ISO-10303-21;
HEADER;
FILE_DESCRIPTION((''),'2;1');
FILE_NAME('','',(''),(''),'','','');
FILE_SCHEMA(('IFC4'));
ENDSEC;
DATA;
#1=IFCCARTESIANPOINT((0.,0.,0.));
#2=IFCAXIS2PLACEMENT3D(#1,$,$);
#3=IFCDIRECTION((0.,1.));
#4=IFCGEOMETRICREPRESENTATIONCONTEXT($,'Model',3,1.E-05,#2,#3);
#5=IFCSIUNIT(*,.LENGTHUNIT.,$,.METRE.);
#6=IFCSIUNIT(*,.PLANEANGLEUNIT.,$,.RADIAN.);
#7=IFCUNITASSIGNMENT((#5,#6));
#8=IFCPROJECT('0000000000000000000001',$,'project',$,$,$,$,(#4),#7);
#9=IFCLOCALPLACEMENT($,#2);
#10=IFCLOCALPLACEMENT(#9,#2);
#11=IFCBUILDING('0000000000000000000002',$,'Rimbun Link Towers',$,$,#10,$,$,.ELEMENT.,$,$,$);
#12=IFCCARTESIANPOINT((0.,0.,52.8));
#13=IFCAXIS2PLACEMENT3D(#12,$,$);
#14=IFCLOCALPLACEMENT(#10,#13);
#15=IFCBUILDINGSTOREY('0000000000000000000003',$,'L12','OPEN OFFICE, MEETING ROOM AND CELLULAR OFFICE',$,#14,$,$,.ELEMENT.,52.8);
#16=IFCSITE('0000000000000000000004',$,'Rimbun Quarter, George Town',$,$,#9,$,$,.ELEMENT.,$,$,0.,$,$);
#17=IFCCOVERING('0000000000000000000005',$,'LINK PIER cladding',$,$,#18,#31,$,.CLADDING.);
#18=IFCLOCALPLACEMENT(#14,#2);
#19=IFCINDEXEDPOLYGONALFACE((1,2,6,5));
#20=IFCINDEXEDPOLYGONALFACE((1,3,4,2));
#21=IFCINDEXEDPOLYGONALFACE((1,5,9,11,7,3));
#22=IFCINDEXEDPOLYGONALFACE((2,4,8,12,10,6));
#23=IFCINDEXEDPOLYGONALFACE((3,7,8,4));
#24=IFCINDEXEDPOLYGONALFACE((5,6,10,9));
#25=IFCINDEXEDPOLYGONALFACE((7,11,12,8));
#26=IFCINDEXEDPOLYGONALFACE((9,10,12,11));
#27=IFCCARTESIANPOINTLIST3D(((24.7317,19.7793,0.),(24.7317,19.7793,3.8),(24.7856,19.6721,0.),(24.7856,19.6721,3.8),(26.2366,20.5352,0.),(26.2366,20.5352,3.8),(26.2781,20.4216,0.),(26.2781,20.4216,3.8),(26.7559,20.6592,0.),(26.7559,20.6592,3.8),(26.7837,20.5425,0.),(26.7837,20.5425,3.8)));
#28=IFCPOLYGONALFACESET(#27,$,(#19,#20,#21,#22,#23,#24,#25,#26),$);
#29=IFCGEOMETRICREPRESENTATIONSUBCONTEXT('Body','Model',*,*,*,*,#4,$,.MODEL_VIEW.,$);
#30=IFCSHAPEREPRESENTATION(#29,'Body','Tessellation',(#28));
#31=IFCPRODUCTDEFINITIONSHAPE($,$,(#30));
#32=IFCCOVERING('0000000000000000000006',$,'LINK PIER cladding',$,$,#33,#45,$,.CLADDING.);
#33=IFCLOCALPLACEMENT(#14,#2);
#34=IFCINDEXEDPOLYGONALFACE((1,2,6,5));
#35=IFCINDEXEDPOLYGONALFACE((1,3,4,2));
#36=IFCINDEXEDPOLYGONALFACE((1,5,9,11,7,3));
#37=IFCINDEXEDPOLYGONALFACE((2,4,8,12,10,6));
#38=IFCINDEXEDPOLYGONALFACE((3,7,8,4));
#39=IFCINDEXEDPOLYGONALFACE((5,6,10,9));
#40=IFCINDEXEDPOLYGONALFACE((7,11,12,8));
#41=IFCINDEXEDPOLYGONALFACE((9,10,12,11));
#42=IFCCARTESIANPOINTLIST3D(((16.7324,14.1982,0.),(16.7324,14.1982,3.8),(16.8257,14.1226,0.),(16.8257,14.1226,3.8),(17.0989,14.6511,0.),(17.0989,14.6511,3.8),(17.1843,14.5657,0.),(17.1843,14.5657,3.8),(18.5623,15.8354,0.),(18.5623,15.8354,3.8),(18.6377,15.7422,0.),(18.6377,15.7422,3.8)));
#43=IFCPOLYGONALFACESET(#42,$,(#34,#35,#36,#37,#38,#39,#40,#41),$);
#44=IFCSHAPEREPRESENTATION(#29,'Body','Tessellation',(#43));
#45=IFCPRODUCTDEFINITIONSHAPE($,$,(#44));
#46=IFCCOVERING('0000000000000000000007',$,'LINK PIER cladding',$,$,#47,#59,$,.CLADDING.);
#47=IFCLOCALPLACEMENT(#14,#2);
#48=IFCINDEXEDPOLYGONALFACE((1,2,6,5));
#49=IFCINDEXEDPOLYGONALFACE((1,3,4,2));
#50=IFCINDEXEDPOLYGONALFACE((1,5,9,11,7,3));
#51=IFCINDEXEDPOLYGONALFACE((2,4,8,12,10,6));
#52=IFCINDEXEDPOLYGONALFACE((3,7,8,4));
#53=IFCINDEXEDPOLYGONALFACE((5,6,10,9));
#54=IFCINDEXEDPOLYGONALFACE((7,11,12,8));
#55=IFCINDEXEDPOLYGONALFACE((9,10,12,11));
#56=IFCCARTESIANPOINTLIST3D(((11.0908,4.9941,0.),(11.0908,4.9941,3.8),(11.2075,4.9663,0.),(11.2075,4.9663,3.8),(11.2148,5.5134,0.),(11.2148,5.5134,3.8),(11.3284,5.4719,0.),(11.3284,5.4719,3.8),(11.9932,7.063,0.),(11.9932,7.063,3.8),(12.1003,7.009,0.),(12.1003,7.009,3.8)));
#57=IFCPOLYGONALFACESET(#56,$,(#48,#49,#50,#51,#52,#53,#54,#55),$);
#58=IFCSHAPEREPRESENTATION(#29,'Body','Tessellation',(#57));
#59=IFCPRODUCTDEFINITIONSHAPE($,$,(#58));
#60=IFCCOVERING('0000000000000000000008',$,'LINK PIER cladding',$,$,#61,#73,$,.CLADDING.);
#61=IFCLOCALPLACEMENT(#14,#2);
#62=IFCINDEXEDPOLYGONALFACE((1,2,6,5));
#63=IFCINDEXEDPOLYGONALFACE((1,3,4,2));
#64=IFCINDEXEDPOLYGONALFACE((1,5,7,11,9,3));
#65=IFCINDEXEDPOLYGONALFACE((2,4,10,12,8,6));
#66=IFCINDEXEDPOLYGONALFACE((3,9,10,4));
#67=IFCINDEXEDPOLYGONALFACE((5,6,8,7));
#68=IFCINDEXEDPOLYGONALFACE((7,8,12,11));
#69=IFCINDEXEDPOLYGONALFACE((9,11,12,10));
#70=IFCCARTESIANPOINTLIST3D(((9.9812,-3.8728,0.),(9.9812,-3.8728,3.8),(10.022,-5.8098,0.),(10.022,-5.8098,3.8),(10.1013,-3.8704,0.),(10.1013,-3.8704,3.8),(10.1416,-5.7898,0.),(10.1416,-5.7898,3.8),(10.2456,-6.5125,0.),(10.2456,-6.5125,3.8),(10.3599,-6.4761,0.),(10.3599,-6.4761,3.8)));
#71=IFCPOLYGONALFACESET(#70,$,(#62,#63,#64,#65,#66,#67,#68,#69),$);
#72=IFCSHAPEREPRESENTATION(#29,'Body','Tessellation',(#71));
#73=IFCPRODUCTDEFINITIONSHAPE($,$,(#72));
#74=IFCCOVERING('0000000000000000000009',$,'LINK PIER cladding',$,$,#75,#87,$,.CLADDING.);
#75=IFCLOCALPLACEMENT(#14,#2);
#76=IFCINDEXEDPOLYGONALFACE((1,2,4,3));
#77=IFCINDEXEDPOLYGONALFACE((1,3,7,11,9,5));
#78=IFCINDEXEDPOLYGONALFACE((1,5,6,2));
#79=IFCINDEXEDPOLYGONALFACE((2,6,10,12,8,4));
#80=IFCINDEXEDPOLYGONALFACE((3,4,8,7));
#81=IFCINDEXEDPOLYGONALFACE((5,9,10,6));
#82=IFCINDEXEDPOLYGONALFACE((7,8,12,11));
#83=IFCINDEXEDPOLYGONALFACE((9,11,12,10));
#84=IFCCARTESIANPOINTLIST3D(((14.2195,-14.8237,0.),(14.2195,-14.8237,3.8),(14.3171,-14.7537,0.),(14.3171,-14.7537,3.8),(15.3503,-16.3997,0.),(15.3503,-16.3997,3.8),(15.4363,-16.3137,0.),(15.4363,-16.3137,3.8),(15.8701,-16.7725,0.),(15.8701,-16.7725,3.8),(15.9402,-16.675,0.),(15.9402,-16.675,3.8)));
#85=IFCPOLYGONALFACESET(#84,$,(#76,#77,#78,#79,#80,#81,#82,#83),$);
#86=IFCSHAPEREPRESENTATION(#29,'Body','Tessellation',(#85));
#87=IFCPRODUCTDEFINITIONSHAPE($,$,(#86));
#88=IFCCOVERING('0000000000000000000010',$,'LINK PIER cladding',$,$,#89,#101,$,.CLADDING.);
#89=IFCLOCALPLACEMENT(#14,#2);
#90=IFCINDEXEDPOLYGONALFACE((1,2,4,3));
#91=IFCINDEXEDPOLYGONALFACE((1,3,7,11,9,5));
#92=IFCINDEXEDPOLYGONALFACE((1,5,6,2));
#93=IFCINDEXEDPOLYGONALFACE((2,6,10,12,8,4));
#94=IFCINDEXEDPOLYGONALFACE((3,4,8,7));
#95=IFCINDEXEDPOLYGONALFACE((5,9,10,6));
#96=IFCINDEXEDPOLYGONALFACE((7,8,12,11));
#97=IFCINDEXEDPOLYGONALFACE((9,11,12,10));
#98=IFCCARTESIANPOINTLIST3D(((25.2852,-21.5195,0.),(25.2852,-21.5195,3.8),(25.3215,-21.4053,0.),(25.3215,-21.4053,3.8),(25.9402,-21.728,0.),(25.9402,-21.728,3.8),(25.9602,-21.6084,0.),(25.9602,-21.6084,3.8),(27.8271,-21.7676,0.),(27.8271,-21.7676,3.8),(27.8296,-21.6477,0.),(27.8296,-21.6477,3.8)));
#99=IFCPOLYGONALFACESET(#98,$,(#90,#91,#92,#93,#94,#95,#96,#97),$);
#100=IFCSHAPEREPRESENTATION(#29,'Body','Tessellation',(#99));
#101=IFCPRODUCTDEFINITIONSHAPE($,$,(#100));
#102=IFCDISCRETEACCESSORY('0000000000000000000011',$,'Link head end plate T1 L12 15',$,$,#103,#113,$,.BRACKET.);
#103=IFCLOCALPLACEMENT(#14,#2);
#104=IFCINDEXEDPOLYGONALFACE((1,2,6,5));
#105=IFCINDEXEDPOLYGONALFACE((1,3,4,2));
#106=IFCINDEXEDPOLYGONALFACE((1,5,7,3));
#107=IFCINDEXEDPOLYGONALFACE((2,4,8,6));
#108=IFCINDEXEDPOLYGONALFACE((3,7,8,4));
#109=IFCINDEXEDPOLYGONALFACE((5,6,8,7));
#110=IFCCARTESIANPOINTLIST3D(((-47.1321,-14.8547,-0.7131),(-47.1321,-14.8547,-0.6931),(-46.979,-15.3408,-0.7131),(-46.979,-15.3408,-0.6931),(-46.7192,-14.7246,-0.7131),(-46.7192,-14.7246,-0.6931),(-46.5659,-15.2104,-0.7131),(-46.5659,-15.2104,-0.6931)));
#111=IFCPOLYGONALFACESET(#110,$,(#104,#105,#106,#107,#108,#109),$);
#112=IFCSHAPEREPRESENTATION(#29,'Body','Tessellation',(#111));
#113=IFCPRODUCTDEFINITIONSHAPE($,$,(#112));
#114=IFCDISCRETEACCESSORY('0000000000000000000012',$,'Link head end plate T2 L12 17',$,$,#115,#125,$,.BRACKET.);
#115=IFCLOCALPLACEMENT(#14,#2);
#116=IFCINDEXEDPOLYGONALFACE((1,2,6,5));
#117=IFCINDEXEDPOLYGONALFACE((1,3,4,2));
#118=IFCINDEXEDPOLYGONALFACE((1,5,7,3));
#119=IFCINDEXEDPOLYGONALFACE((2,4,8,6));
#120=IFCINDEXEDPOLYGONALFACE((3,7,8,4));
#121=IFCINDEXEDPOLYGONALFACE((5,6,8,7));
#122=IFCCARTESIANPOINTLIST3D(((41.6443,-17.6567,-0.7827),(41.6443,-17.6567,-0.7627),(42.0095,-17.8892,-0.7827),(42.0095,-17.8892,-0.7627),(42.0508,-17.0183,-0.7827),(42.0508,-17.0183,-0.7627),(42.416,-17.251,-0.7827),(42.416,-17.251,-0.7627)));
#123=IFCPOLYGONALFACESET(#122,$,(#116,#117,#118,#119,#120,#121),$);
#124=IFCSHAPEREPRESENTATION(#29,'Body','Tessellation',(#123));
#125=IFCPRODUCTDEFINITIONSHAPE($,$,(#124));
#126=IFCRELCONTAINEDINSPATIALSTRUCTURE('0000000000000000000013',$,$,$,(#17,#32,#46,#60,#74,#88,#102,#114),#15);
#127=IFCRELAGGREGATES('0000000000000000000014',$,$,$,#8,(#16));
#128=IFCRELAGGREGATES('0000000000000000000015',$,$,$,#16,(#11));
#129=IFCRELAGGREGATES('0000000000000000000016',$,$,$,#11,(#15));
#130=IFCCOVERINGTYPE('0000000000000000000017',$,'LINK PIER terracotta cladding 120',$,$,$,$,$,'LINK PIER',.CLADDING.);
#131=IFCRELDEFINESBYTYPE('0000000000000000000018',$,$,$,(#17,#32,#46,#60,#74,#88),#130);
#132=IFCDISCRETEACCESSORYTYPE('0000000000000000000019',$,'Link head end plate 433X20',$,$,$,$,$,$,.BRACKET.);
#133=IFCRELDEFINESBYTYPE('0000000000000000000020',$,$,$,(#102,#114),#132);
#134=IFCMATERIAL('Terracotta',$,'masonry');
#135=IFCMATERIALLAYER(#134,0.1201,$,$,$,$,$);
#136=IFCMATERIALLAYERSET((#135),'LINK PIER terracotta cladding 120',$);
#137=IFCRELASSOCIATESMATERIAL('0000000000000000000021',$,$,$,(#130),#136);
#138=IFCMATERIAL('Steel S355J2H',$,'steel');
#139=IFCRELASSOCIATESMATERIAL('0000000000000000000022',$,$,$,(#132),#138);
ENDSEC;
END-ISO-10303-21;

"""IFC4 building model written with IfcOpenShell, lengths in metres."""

from ifc_helpers import new_model, si_unit, direction, frame, origin, origin_2d, place, context, subcontext, project, spatial, polyline, rectangle, outline, extrude, material, layer, layer_set, material_profile, profile_set, type_object, element, save


model = new_model("IFC4")

# Units and contexts
model_context = context("Model", 3, precision=1e-05, world=origin(), true_north=direction((0.0, 1.0)))
body_context = subcontext(model_context, "Body", "Model", "MODEL_VIEW")
ifc_project = project(units=[si_unit("LENGTHUNIT", "METRE"), si_unit("PLANEANGLEUNIT", "RADIAN")], contexts=[model_context])

# Site, building, storey
site_placement = place(None, origin())
site = spatial("IfcSite", under=ifc_project, at=site_placement, Name="Rimbun Quarter, George Town", CompositionType="ELEMENT", RefElevation=0.0)
building_placement = place(site_placement, origin())
building = spatial("IfcBuilding", under=site, at=building_placement, Name="Rimbun Link Towers", CompositionType="ELEMENT")
storey_placement = place(building_placement, frame((0.0, 0.0, 52.8)))
storey = spatial("IfcBuildingStorey", under=building, at=storey_placement, Name="L12", Description="OPEN OFFICE, MEETING ROOM AND CELLULAR OFFICE", CompositionType="ELEMENT", Elevation=52.8)

# Coverings
ifc_material_1 = material(Name="Terracotta", Category="masonry")
ifc_layer_1 = layer(ifc_material_1, 0.1201)
ifc_layer_set_1 = layer_set([ifc_layer_1], Name="LINK PIER terracotta cladding 120")
covering_type_1 = type_object("IfcCoveringType", Name="LINK PIER terracotta cladding 120", ElementType="LINK PIER", PredefinedType="CLADDING", material=ifc_layer_set_1)
covering_1_placement = place(storey_placement, origin())
element("IfcCovering", 1, at=covering_1_placement, inside=storey, type_object=covering_type_1, Name="LINK PIER cladding", PredefinedType="CLADDING", context=body_context, shape_type="SweptSolid", body=[
    extrude(outline(polyline([(24.7856, 19.6721), (26.2781, 20.4216), (26.7837, 20.5425), (26.7559, 20.6592), (26.2366, 20.5352), (24.7317, 19.7793), (24.7856, 19.6721)])), origin(), (0.0, 0.0, 1.0), 3.8),
])
covering_2_placement = place(storey_placement, origin())
element("IfcCovering", 2, at=covering_2_placement, inside=storey, type_object=covering_type_1, Name="LINK PIER cladding", PredefinedType="CLADDING", context=body_context, shape_type="SweptSolid", body=[
    extrude(outline(polyline([(16.8257, 14.1226), (17.1843, 14.5657), (18.6377, 15.7422), (18.5623, 15.8354), (17.0989, 14.6511), (16.7324, 14.1982), (16.8257, 14.1226)])), origin(), (0.0, 0.0, 1.0), 3.8),
])
covering_3_placement = place(storey_placement, origin())
element("IfcCovering", 3, at=covering_3_placement, inside=storey, type_object=covering_type_1, Name="LINK PIER cladding", PredefinedType="CLADDING", context=body_context, shape_type="SweptSolid", body=[
    extrude(outline(polyline([(11.2075, 4.9663), (11.3284, 5.4719), (12.1003, 7.009), (11.9932, 7.063), (11.2148, 5.5134), (11.0908, 4.9941), (11.2075, 4.9663)])), origin(), (0.0, 0.0, 1.0), 3.8),
])
covering_4_placement = place(storey_placement, origin())
element("IfcCovering", 4, at=covering_4_placement, inside=storey, type_object=covering_type_1, Name="LINK PIER cladding", PredefinedType="CLADDING", context=body_context, shape_type="SweptSolid", body=[
    extrude(outline(polyline([(10.3599, -6.4761), (10.1416, -5.7898), (10.1013, -3.8704), (9.9812, -3.8728), (10.022, -5.8098), (10.2456, -6.5125), (10.3599, -6.4761)])), origin(), (0.0, 0.0, 1.0), 3.8),
])
covering_5_placement = place(storey_placement, origin())
element("IfcCovering", 5, at=covering_5_placement, inside=storey, type_object=covering_type_1, Name="LINK PIER cladding", PredefinedType="CLADDING", context=body_context, shape_type="SweptSolid", body=[
    extrude(outline(polyline([(15.9402, -16.675), (15.4363, -16.3137), (14.3171, -14.7537), (14.2195, -14.8237), (15.3503, -16.3997), (15.8701, -16.7725), (15.9402, -16.675)])), origin(), (0.0, 0.0, 1.0), 3.8),
])
covering_6_placement = place(storey_placement, origin())
element("IfcCovering", 6, at=covering_6_placement, inside=storey, type_object=covering_type_1, Name="LINK PIER cladding", PredefinedType="CLADDING", context=body_context, shape_type="SweptSolid", body=[
    extrude(outline(polyline([(27.8296, -21.6477), (25.9602, -21.6084), (25.3215, -21.4053), (25.2852, -21.5195), (25.9402, -21.728), (27.8271, -21.7676), (27.8296, -21.6477)])), origin(), (0.0, 0.0, 1.0), 3.8),
])

# Discrete accessories
ifc_material_2 = material(Name="Steel S355J2H", Category="steel")
ifc_material_profile_1 = material_profile(ifc_material_2, rectangle(XDim=0.4331, YDim=0.4331, at=origin_2d()), Name="PL 433x433")
ifc_profile_set_1 = profile_set([ifc_material_profile_1], Name="Steel S355J2H")
discrete_accessory_type = type_object("IfcDiscreteAccessoryType", Name="Link head end plate 433X20", PredefinedType="BRACKET", material=ifc_profile_set_1)
discrete_accessory_1_placement = place(storey_placement, frame((0.0, 0.0, -0.7131)))
element("IfcDiscreteAccessory", 7, at=discrete_accessory_1_placement, inside=storey, type_object=discrete_accessory_type, Name="Link head end plate T1 L12 15", PredefinedType="BRACKET", context=body_context, shape_type="SweptSolid", body=[
    extrude(outline(polyline([(-47.1321, -14.8547), (-46.979, -15.3408), (-46.5659, -15.2104), (-46.7192, -14.7246), (-47.1321, -14.8547)])), origin(), (0.0, 0.0, 1.0), 0.02),
])
discrete_accessory_2_placement = place(storey_placement, frame((0.0, 0.0, -0.7827)))
element("IfcDiscreteAccessory", 8, at=discrete_accessory_2_placement, inside=storey, type_object=discrete_accessory_type, Name="Link head end plate T2 L12 17", PredefinedType="BRACKET", context=body_context, shape_type="SweptSolid", body=[
    extrude(outline(polyline([(42.0508, -17.0183), (41.6443, -17.6567), (42.0095, -17.8892), (42.416, -17.251), (42.0508, -17.0183)])), origin(), (0.0, 0.0, 1.0), 0.02),
])

save(model, "model.ifc")
